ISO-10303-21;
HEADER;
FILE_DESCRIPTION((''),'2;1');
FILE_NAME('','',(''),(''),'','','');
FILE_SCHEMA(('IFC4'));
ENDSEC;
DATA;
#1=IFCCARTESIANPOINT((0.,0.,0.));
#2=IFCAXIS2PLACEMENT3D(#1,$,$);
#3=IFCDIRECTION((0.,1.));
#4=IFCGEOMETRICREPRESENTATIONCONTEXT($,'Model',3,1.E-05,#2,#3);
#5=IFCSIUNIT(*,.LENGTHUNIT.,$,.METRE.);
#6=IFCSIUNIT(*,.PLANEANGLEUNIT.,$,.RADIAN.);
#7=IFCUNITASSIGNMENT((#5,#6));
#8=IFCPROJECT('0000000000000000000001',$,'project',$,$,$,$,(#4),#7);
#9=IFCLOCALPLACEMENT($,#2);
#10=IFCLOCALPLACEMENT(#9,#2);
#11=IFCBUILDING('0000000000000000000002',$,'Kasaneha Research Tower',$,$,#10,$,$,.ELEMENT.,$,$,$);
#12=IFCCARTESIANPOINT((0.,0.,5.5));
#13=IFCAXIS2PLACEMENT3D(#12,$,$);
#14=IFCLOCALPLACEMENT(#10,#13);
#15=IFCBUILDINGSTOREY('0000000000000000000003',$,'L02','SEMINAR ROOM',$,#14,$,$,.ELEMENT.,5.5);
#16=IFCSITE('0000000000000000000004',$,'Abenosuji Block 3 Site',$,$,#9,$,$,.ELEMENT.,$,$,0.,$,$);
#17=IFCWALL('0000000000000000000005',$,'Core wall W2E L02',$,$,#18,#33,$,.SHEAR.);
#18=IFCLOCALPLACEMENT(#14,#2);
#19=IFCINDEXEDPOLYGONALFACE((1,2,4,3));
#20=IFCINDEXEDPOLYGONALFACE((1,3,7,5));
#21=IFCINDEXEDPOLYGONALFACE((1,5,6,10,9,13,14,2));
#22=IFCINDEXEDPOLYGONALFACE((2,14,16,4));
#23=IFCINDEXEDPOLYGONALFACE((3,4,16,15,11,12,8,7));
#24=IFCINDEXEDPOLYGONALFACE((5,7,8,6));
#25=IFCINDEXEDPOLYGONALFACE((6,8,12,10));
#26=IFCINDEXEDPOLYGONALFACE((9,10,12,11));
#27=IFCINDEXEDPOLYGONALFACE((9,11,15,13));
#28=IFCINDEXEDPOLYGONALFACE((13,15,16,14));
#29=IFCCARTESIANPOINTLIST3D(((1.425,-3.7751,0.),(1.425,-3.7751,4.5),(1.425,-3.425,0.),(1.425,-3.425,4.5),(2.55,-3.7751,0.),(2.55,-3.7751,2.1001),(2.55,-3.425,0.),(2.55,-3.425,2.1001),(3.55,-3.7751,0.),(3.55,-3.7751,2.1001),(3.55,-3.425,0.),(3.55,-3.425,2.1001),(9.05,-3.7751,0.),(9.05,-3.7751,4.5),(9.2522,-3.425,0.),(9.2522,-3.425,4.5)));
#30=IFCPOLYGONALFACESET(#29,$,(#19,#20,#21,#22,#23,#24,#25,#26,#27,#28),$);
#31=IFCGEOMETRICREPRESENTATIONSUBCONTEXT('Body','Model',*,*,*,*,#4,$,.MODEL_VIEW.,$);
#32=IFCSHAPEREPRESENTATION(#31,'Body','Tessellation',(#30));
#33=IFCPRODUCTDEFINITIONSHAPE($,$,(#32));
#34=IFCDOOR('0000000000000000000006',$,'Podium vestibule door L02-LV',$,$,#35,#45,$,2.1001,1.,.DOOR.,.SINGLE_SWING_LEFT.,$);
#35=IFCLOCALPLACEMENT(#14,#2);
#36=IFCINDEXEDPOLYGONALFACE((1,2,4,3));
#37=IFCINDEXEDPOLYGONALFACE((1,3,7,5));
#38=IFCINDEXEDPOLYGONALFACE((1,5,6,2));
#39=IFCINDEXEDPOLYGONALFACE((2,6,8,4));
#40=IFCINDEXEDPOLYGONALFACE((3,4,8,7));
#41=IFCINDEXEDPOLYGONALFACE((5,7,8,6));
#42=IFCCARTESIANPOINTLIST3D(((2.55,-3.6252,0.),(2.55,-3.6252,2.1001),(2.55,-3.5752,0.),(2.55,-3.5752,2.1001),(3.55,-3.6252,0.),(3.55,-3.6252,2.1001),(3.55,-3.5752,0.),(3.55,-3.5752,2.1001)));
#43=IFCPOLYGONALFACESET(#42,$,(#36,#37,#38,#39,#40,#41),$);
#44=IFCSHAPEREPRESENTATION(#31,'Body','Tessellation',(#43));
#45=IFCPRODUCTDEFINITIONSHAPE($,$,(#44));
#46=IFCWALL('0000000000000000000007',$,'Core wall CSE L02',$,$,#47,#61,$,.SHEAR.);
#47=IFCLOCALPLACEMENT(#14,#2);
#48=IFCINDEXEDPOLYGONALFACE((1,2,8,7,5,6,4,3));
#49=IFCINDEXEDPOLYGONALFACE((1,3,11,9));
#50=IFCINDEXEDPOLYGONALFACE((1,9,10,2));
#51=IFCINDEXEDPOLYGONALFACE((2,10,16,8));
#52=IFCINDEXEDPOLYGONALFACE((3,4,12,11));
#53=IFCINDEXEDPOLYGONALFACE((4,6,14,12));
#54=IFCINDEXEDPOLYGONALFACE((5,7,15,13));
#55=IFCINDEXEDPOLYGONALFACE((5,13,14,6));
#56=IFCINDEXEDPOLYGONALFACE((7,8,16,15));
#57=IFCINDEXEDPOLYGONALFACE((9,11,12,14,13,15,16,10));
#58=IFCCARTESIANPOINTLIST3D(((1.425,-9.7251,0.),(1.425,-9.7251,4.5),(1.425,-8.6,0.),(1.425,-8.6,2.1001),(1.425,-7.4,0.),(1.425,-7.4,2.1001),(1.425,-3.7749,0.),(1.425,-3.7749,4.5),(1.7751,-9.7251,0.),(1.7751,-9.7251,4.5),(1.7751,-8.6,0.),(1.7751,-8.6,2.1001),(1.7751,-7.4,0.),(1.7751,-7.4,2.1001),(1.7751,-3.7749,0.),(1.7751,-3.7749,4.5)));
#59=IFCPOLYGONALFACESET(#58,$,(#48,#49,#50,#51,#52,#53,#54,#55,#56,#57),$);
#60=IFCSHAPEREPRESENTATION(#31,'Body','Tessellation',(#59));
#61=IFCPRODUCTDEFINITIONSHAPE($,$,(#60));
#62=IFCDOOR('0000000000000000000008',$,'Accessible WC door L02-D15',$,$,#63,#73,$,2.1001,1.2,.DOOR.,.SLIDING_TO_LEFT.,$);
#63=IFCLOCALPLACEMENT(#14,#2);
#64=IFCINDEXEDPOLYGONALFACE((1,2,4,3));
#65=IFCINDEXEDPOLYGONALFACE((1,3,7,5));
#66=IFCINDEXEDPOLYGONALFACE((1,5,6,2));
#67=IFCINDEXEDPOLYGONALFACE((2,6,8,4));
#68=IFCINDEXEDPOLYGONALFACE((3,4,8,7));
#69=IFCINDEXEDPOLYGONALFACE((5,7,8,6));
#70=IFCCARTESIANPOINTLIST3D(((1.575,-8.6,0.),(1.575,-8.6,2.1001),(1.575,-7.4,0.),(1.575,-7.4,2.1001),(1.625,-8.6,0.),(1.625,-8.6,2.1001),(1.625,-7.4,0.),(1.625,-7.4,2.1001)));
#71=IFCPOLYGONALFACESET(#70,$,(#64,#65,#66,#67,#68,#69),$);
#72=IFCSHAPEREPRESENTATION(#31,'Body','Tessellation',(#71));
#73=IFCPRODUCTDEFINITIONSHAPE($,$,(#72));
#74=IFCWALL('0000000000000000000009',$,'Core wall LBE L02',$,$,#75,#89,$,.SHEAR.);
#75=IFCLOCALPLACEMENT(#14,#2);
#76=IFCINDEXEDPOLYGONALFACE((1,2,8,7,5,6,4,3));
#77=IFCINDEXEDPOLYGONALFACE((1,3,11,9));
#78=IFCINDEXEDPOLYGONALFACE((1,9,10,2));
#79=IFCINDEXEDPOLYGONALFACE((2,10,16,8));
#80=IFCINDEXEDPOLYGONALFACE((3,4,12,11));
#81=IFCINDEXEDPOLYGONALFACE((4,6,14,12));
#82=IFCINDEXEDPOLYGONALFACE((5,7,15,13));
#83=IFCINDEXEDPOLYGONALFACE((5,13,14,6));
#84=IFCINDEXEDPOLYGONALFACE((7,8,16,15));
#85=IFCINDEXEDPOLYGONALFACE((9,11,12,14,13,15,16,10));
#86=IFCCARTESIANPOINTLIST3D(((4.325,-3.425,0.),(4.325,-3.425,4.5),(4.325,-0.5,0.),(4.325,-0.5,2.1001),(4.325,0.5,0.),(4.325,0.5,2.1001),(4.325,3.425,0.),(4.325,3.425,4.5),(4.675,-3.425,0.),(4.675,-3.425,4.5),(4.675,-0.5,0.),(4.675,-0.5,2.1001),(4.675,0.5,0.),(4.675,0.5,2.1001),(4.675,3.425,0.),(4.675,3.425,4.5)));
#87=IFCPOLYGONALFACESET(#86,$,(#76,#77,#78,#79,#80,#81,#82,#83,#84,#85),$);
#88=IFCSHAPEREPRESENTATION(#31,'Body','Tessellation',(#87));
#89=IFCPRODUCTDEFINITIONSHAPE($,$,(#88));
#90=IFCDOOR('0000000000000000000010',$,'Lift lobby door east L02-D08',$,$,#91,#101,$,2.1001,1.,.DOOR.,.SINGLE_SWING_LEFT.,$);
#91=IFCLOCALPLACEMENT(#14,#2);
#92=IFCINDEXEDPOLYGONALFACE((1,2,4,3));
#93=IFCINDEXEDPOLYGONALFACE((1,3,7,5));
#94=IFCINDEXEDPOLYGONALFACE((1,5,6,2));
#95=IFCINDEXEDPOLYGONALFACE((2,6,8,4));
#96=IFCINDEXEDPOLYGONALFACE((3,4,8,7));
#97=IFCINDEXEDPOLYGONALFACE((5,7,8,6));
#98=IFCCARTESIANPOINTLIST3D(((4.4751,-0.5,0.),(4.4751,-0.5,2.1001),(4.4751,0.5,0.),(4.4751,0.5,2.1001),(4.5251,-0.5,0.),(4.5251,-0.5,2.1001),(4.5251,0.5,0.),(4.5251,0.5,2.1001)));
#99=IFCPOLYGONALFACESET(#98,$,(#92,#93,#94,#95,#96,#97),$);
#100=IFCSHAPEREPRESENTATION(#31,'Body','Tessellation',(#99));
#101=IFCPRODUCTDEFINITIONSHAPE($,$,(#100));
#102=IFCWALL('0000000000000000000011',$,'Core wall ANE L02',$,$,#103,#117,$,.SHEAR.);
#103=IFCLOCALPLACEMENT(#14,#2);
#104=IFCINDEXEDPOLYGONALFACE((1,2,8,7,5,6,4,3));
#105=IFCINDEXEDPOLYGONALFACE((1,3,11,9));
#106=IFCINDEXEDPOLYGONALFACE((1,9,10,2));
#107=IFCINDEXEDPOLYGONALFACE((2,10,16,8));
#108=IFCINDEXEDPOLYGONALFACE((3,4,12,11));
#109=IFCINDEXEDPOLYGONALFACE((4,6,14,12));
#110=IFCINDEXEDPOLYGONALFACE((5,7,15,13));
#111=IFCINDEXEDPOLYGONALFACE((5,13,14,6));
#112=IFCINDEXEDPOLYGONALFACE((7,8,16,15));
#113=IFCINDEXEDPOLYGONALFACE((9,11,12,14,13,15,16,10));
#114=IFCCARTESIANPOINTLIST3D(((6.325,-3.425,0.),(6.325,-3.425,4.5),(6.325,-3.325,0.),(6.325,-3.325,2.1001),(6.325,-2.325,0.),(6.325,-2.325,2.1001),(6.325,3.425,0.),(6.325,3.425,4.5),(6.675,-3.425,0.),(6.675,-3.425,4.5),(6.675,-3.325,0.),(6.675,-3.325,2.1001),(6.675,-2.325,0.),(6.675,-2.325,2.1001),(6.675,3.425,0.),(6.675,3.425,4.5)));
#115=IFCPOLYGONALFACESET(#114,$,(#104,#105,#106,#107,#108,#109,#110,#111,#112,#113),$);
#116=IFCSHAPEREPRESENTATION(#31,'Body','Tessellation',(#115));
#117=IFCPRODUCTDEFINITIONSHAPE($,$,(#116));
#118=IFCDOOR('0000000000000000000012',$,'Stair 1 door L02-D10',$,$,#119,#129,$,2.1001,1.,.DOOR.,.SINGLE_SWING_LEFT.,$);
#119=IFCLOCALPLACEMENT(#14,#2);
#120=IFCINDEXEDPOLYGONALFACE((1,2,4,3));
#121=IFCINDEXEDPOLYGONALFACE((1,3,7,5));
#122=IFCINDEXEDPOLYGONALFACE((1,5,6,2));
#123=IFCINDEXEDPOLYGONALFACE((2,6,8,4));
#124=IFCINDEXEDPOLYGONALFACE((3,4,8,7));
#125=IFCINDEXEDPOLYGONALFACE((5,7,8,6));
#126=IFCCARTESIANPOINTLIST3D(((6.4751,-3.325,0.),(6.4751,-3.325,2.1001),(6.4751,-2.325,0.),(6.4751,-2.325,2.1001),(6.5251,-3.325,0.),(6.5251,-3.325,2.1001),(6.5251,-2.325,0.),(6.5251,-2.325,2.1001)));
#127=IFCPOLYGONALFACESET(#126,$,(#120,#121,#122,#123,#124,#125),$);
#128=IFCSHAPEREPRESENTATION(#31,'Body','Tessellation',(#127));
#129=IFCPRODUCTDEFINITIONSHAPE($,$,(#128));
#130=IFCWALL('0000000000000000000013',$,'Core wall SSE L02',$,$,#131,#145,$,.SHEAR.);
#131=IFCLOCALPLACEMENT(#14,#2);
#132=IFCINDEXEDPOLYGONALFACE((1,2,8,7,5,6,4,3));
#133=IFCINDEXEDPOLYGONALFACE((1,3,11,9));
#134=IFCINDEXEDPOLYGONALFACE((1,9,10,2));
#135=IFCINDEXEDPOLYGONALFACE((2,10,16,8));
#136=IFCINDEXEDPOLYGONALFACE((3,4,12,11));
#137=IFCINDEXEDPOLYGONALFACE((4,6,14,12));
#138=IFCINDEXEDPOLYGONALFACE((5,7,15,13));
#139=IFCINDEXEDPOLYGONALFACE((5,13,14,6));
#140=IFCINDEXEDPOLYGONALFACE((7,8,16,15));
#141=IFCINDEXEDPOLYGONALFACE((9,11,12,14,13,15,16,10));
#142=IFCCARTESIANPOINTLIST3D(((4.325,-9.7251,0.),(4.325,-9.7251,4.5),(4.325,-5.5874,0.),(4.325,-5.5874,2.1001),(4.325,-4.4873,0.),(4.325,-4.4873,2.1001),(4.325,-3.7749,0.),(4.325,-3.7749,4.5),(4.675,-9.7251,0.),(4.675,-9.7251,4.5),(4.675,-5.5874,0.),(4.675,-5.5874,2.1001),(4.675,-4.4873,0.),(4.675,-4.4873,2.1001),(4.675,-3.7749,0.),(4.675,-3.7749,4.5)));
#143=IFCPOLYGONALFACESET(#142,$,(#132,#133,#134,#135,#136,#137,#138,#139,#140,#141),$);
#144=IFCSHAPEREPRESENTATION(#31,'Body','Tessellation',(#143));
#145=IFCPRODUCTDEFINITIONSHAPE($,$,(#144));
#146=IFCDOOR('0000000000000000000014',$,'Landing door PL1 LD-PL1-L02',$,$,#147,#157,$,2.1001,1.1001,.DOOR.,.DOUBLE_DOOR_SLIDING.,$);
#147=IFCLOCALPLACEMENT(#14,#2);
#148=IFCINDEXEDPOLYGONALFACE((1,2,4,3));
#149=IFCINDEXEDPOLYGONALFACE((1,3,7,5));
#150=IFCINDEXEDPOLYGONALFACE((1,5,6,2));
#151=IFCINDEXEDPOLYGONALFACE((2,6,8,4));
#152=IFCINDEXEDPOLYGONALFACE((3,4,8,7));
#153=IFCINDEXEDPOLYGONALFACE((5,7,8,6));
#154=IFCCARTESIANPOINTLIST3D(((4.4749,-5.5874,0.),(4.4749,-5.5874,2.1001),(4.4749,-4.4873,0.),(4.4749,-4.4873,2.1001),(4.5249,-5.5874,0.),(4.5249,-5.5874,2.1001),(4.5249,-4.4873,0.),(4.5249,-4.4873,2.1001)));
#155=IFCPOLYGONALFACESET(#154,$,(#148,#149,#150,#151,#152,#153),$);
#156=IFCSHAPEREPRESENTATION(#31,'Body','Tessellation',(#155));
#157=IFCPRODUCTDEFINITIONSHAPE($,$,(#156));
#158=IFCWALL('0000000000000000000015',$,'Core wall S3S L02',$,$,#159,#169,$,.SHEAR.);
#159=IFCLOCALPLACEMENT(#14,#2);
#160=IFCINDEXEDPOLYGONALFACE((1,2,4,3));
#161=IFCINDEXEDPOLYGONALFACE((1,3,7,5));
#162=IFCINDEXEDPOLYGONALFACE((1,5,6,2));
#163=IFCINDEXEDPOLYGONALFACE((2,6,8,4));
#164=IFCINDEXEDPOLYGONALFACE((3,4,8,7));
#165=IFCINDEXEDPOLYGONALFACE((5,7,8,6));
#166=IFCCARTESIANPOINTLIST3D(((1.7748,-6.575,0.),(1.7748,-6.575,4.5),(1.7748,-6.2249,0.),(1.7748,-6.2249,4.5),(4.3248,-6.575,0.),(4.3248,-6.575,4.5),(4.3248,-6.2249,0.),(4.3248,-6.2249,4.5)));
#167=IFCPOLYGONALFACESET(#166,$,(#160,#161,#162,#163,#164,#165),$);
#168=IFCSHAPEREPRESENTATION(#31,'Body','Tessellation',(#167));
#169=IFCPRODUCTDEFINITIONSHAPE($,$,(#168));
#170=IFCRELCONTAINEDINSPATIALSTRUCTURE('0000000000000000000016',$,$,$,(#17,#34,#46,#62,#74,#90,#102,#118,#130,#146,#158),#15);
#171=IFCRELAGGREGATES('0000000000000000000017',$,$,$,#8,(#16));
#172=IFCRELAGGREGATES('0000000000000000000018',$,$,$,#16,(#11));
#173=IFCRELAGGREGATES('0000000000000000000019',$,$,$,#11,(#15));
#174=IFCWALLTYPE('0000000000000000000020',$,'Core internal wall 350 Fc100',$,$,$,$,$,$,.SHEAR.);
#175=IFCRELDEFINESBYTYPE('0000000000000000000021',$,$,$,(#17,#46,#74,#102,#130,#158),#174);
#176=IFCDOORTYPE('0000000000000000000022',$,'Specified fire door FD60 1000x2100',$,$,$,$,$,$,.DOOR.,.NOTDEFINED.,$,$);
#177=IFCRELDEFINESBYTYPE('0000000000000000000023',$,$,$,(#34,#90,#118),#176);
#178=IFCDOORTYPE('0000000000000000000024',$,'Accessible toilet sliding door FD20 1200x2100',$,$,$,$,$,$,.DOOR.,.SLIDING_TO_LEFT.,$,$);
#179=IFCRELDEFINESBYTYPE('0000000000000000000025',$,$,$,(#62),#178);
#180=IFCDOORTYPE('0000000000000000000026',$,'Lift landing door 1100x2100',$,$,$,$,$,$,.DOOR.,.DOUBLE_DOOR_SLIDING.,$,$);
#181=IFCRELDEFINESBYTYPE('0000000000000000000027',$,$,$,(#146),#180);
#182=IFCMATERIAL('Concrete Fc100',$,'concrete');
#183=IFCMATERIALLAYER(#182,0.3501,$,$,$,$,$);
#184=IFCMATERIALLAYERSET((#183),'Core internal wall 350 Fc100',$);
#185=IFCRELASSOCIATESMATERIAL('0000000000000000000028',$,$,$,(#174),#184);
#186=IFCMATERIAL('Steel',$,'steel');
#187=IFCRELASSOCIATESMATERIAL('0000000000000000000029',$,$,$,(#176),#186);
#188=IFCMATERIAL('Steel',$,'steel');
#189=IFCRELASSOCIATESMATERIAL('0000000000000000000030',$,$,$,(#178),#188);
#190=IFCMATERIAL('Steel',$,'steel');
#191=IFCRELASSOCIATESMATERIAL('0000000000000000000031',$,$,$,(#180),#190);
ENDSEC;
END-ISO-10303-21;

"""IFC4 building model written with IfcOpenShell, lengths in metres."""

from ifc_helpers import new_model, si_unit, direction, frame, frame_2d, origin, place, context, subcontext, project, spatial, polyline, rectangle, outline, extrude, material, layer, layer_set, type_object, element, fill, save


model = new_model("IFC4")

# Units and contexts
model_context = context("Model", 3, precision=1e-05, world=origin(), true_north=direction((0.0, 1.0)))
body_context = subcontext(model_context, "Body", "Model", "MODEL_VIEW")
ifc_project = project(units=[si_unit("LENGTHUNIT", "METRE"), si_unit("PLANEANGLEUNIT", "RADIAN")], contexts=[model_context])

# Site, building, storey
site_placement = place(None, origin())
site = spatial("IfcSite", under=ifc_project, at=site_placement, Name="Abenosuji Block 3 Site", CompositionType="ELEMENT", RefElevation=0.0)
building_placement = place(site_placement, origin())
building = spatial("IfcBuilding", under=site, at=building_placement, Name="Kasaneha Research Tower", CompositionType="ELEMENT")
storey_placement = place(building_placement, frame((0.0, 0.0, 5.5)))
storey = spatial("IfcBuildingStorey", under=building, at=storey_placement, Name="L02", Description="SEMINAR ROOM", CompositionType="ELEMENT", Elevation=5.5)

# Walls, openings, doors
ifc_material_1 = material(Name="Concrete Fc100", Category="concrete")
ifc_layer_1 = layer(ifc_material_1, 0.3501)
ifc_layer_set_1 = layer_set([ifc_layer_1], Name="Core internal wall 350 Fc100")
wall_type_1 = type_object("IfcWallType", Name="Core internal wall 350 Fc100", PredefinedType="SHEAR", material=ifc_layer_set_1)
wall_1_placement = place(storey_placement, frame((1.425, -3.6001, 0.0), z_axis=(0.0, 0.0, 1.0), x_axis=(1.0, 0.0, 0.0)))
wall_1 = element("IfcWall", 1, at=wall_1_placement, inside=storey, type_object=wall_type_1, Name="Core wall W2E L02", PredefinedType="SHEAR", context=body_context, shape_type="SweptSolid", body=[
    extrude(outline(polyline([(0.0, -0.175), (1.125, -0.175), (2.125, -0.175), (7.625, -0.175), (7.8271, 0.175), (2.125, 0.175), (1.125, 0.175), (0.0, 0.175), (0.0, -0.175)])), origin(), (0.0, 0.0, 1.0), 4.5),
])
opening_1_placement = place(wall_1_placement, frame((1.125, 0.0, 0.0)))
opening_1 = element("IfcOpeningElement", 2, at=opening_1_placement, cuts=wall_1, PredefinedType="OPENING", context=body_context, shape_type="SweptSolid", body=[
    extrude(rectangle(XDim=1.0, YDim=2.1001, at=frame_2d((0.5, 1.05))), frame((0.0, 0.1851, 0.0), z_axis=(0.0, -1.0, 0.0), x_axis=(1.0, 0.0, 0.0)), (0.0, 0.0, 1.0), 0.3701),
])
ifc_material_2 = material(Name="Steel", Category="steel")
door_type_1 = type_object("IfcDoorType", Name="Specified fire door FD60 1000x2100", OperationType="NOTDEFINED", PredefinedType="DOOR", material=ifc_material_2)
door_1_placement = place(opening_1_placement, origin())
door_1 = element("IfcDoor", 3, at=door_1_placement, inside=storey, type_object=door_type_1, Name="Podium vestibule door L02-LV", OperationType="SINGLE_SWING_LEFT", OverallHeight=2.1001, OverallWidth=1.0, PredefinedType="DOOR", context=body_context, shape_type="SweptSolid", body=[
    extrude(rectangle(XDim=1.0, YDim=2.1001, at=frame_2d((0.5, 1.05))), frame((0.0, 0.0249, 0.0), z_axis=(0.0, -1.0, 0.0), x_axis=(1.0, 0.0, 0.0)), (0.0, 0.0, 1.0), 0.05),
])
fill(opening_1, door_1)
wall_2_placement = place(storey_placement, frame((1.6001, -3.7749, 0.0), z_axis=(0.0, 0.0, 1.0), x_axis=(0.0, -1.0, 0.0)))
wall_2 = element("IfcWall", 4, at=wall_2_placement, inside=storey, type_object=wall_type_1, Name="Core wall CSE L02", PredefinedType="SHEAR", context=body_context, shape_type="SweptSolid", body=[
    extrude(rectangle(XDim=5.9502, YDim=0.3501, at=frame_2d((2.9751, 0.0))), origin(), (0.0, 0.0, 1.0), 4.5),
])
opening_2_placement = place(wall_2_placement, frame((3.625, 0.0, 0.0)))
opening_2 = element("IfcOpeningElement", 5, at=opening_2_placement, cuts=wall_2, PredefinedType="OPENING", context=body_context, shape_type="SweptSolid", body=[
    extrude(rectangle(XDim=1.2, YDim=2.1001, at=frame_2d((0.6001, 1.05))), frame((0.0, 0.1851, 0.0), z_axis=(0.0, -1.0, 0.0), x_axis=(1.0, 0.0, 0.0)), (0.0, 0.0, 1.0), 0.3701),
])
ifc_material_3 = material(Name="Steel", Category="steel")
door_type_2 = type_object("IfcDoorType", Name="Accessible toilet sliding door FD20 1200x2100", OperationType="SLIDING_TO_LEFT", PredefinedType="DOOR", material=ifc_material_3)
door_2_placement = place(opening_2_placement, origin())
door_2 = element("IfcDoor", 6, at=door_2_placement, inside=storey, type_object=door_type_2, Name="Accessible WC door L02-D15", OperationType="SLIDING_TO_LEFT", OverallHeight=2.1001, OverallWidth=1.2, PredefinedType="DOOR", context=body_context, shape_type="SweptSolid", body=[
    extrude(rectangle(XDim=1.2, YDim=2.1001, at=frame_2d((0.6001, 1.05))), frame((0.0, 0.0249, 0.0), z_axis=(0.0, -1.0, 0.0), x_axis=(1.0, 0.0, 0.0)), (0.0, 0.0, 1.0), 0.05),
])
fill(opening_2, door_2)
wall_3_placement = place(storey_placement, frame((4.5, -3.425, 0.0), z_axis=(0.0, 0.0, 1.0), x_axis=(0.0, 1.0, 0.0)))
wall_3 = element("IfcWall", 7, at=wall_3_placement, inside=storey, type_object=wall_type_1, Name="Core wall LBE L02", PredefinedType="SHEAR", context=body_context, shape_type="SweptSolid", body=[
    extrude(rectangle(XDim=6.8501, YDim=0.3501, at=frame_2d((3.425, 0.0))), origin(), (0.0, 0.0, 1.0), 4.5),
])
opening_3_placement = place(wall_3_placement, frame((2.925, 0.0, 0.0)))
opening_3 = element("IfcOpeningElement", 8, at=opening_3_placement, cuts=wall_3, PredefinedType="OPENING", context=body_context, shape_type="SweptSolid", body=[
    extrude(rectangle(XDim=1.0, YDim=2.1001, at=frame_2d((0.5, 1.05))), frame((0.0, 0.1851, 0.0), z_axis=(0.0, -1.0, 0.0), x_axis=(1.0, 0.0, 0.0)), (0.0, 0.0, 1.0), 0.3701),
])
door_3_placement = place(opening_3_placement, origin())
door_3 = element("IfcDoor", 9, at=door_3_placement, inside=storey, type_object=door_type_1, Name="Lift lobby door east L02-D08", OperationType="SINGLE_SWING_LEFT", OverallHeight=2.1001, OverallWidth=1.0, PredefinedType="DOOR", context=body_context, shape_type="SweptSolid", body=[
    extrude(rectangle(XDim=1.0, YDim=2.1001, at=frame_2d((0.5, 1.05))), frame((0.0, 0.0249, 0.0), z_axis=(0.0, -1.0, 0.0), x_axis=(1.0, 0.0, 0.0)), (0.0, 0.0, 1.0), 0.05),
])
fill(opening_3, door_3)
wall_4_placement = place(storey_placement, frame((6.5, -3.425, 0.0), z_axis=(0.0, 0.0, 1.0), x_axis=(0.0, 1.0, 0.0)))
wall_4 = element("IfcWall", 10, at=wall_4_placement, inside=storey, type_object=wall_type_1, Name="Core wall ANE L02", PredefinedType="SHEAR", context=body_context, shape_type="SweptSolid", body=[
    extrude(rectangle(XDim=6.8501, YDim=0.3501, at=frame_2d((3.425, 0.0))), origin(), (0.0, 0.0, 1.0), 4.5),
])
opening_4_placement = place(wall_4_placement, frame((0.1001, 0.0, 0.0)))
opening_4 = element("IfcOpeningElement", 11, at=opening_4_placement, cuts=wall_4, PredefinedType="OPENING", context=body_context, shape_type="SweptSolid", body=[
    extrude(rectangle(XDim=1.0, YDim=2.1001, at=frame_2d((0.5, 1.05))), frame((0.0, 0.1851, 0.0), z_axis=(0.0, -1.0, 0.0), x_axis=(1.0, 0.0, 0.0)), (0.0, 0.0, 1.0), 0.3701),
])
door_4_placement = place(opening_4_placement, origin())
door_4 = element("IfcDoor", 12, at=door_4_placement, inside=storey, type_object=door_type_1, Name="Stair 1 door L02-D10", OperationType="SINGLE_SWING_LEFT", OverallHeight=2.1001, OverallWidth=1.0, PredefinedType="DOOR", context=body_context, shape_type="SweptSolid", body=[
    extrude(rectangle(XDim=1.0, YDim=2.1001, at=frame_2d((0.5, 1.05))), frame((0.0, 0.0249, 0.0), z_axis=(0.0, -1.0, 0.0), x_axis=(1.0, 0.0, 0.0)), (0.0, 0.0, 1.0), 0.05),
])
fill(opening_4, door_4)
wall_5_placement = place(storey_placement, frame((4.5, -3.7749, 0.0), z_axis=(0.0, 0.0, 1.0), x_axis=(0.0, -1.0, 0.0)))
wall_5 = element("IfcWall", 13, at=wall_5_placement, inside=storey, type_object=wall_type_1, Name="Core wall SSE L02", PredefinedType="SHEAR", context=body_context, shape_type="SweptSolid", body=[
    extrude(rectangle(XDim=5.9502, YDim=0.3501, at=frame_2d((2.9751, 0.0))), origin(), (0.0, 0.0, 1.0), 4.5),
])
opening_5_placement = place(wall_5_placement, frame((0.7124, 0.0, 0.0)))
opening_5 = element("IfcOpeningElement", 14, at=opening_5_placement, cuts=wall_5, PredefinedType="OPENING", context=body_context, shape_type="SweptSolid", body=[
    extrude(rectangle(XDim=1.1001, YDim=2.1001, at=frame_2d((0.55, 1.05))), frame((0.0, 0.1851, 0.0), z_axis=(0.0, -1.0, 0.0), x_axis=(1.0, 0.0, 0.0)), (0.0, 0.0, 1.0), 0.3701),
])
ifc_material_4 = material(Name="Steel", Category="steel")
door_type_3 = type_object("IfcDoorType", Name="Lift landing door 1100x2100", OperationType="DOUBLE_DOOR_SLIDING", PredefinedType="DOOR", material=ifc_material_4)
door_5_placement = place(opening_5_placement, origin())
door_5 = element("IfcDoor", 15, at=door_5_placement, inside=storey, type_object=door_type_3, Name="Landing door PL1 LD-PL1-L02", OperationType="DOUBLE_DOOR_SLIDING", OverallHeight=2.1001, OverallWidth=1.1001, PredefinedType="DOOR", context=body_context, shape_type="SweptSolid", body=[
    extrude(rectangle(XDim=1.1001, YDim=2.1001, at=frame_2d((0.55, 1.05))), frame((0.0, 0.0249, 0.0), z_axis=(0.0, -1.0, 0.0), x_axis=(1.0, 0.0, 0.0)), (0.0, 0.0, 1.0), 0.05),
])
fill(opening_5, door_5)

# Wall
wall_6_placement = place(storey_placement, frame((1.7749, -6.3999, 0.0), z_axis=(0.0, 0.0, 1.0), x_axis=(1.0, 0.0, 0.0)))
element("IfcWall", 16, at=wall_6_placement, inside=storey, type_object=wall_type_1, Name="Core wall S3S L02", PredefinedType="SHEAR", context=body_context, shape_type="SweptSolid", body=[
    extrude(rectangle(XDim=2.55, YDim=0.3501, at=frame_2d((1.2749, 0.0))), origin(), (0.0, 0.0, 1.0), 4.5),
])

save(model, "model.ifc")
